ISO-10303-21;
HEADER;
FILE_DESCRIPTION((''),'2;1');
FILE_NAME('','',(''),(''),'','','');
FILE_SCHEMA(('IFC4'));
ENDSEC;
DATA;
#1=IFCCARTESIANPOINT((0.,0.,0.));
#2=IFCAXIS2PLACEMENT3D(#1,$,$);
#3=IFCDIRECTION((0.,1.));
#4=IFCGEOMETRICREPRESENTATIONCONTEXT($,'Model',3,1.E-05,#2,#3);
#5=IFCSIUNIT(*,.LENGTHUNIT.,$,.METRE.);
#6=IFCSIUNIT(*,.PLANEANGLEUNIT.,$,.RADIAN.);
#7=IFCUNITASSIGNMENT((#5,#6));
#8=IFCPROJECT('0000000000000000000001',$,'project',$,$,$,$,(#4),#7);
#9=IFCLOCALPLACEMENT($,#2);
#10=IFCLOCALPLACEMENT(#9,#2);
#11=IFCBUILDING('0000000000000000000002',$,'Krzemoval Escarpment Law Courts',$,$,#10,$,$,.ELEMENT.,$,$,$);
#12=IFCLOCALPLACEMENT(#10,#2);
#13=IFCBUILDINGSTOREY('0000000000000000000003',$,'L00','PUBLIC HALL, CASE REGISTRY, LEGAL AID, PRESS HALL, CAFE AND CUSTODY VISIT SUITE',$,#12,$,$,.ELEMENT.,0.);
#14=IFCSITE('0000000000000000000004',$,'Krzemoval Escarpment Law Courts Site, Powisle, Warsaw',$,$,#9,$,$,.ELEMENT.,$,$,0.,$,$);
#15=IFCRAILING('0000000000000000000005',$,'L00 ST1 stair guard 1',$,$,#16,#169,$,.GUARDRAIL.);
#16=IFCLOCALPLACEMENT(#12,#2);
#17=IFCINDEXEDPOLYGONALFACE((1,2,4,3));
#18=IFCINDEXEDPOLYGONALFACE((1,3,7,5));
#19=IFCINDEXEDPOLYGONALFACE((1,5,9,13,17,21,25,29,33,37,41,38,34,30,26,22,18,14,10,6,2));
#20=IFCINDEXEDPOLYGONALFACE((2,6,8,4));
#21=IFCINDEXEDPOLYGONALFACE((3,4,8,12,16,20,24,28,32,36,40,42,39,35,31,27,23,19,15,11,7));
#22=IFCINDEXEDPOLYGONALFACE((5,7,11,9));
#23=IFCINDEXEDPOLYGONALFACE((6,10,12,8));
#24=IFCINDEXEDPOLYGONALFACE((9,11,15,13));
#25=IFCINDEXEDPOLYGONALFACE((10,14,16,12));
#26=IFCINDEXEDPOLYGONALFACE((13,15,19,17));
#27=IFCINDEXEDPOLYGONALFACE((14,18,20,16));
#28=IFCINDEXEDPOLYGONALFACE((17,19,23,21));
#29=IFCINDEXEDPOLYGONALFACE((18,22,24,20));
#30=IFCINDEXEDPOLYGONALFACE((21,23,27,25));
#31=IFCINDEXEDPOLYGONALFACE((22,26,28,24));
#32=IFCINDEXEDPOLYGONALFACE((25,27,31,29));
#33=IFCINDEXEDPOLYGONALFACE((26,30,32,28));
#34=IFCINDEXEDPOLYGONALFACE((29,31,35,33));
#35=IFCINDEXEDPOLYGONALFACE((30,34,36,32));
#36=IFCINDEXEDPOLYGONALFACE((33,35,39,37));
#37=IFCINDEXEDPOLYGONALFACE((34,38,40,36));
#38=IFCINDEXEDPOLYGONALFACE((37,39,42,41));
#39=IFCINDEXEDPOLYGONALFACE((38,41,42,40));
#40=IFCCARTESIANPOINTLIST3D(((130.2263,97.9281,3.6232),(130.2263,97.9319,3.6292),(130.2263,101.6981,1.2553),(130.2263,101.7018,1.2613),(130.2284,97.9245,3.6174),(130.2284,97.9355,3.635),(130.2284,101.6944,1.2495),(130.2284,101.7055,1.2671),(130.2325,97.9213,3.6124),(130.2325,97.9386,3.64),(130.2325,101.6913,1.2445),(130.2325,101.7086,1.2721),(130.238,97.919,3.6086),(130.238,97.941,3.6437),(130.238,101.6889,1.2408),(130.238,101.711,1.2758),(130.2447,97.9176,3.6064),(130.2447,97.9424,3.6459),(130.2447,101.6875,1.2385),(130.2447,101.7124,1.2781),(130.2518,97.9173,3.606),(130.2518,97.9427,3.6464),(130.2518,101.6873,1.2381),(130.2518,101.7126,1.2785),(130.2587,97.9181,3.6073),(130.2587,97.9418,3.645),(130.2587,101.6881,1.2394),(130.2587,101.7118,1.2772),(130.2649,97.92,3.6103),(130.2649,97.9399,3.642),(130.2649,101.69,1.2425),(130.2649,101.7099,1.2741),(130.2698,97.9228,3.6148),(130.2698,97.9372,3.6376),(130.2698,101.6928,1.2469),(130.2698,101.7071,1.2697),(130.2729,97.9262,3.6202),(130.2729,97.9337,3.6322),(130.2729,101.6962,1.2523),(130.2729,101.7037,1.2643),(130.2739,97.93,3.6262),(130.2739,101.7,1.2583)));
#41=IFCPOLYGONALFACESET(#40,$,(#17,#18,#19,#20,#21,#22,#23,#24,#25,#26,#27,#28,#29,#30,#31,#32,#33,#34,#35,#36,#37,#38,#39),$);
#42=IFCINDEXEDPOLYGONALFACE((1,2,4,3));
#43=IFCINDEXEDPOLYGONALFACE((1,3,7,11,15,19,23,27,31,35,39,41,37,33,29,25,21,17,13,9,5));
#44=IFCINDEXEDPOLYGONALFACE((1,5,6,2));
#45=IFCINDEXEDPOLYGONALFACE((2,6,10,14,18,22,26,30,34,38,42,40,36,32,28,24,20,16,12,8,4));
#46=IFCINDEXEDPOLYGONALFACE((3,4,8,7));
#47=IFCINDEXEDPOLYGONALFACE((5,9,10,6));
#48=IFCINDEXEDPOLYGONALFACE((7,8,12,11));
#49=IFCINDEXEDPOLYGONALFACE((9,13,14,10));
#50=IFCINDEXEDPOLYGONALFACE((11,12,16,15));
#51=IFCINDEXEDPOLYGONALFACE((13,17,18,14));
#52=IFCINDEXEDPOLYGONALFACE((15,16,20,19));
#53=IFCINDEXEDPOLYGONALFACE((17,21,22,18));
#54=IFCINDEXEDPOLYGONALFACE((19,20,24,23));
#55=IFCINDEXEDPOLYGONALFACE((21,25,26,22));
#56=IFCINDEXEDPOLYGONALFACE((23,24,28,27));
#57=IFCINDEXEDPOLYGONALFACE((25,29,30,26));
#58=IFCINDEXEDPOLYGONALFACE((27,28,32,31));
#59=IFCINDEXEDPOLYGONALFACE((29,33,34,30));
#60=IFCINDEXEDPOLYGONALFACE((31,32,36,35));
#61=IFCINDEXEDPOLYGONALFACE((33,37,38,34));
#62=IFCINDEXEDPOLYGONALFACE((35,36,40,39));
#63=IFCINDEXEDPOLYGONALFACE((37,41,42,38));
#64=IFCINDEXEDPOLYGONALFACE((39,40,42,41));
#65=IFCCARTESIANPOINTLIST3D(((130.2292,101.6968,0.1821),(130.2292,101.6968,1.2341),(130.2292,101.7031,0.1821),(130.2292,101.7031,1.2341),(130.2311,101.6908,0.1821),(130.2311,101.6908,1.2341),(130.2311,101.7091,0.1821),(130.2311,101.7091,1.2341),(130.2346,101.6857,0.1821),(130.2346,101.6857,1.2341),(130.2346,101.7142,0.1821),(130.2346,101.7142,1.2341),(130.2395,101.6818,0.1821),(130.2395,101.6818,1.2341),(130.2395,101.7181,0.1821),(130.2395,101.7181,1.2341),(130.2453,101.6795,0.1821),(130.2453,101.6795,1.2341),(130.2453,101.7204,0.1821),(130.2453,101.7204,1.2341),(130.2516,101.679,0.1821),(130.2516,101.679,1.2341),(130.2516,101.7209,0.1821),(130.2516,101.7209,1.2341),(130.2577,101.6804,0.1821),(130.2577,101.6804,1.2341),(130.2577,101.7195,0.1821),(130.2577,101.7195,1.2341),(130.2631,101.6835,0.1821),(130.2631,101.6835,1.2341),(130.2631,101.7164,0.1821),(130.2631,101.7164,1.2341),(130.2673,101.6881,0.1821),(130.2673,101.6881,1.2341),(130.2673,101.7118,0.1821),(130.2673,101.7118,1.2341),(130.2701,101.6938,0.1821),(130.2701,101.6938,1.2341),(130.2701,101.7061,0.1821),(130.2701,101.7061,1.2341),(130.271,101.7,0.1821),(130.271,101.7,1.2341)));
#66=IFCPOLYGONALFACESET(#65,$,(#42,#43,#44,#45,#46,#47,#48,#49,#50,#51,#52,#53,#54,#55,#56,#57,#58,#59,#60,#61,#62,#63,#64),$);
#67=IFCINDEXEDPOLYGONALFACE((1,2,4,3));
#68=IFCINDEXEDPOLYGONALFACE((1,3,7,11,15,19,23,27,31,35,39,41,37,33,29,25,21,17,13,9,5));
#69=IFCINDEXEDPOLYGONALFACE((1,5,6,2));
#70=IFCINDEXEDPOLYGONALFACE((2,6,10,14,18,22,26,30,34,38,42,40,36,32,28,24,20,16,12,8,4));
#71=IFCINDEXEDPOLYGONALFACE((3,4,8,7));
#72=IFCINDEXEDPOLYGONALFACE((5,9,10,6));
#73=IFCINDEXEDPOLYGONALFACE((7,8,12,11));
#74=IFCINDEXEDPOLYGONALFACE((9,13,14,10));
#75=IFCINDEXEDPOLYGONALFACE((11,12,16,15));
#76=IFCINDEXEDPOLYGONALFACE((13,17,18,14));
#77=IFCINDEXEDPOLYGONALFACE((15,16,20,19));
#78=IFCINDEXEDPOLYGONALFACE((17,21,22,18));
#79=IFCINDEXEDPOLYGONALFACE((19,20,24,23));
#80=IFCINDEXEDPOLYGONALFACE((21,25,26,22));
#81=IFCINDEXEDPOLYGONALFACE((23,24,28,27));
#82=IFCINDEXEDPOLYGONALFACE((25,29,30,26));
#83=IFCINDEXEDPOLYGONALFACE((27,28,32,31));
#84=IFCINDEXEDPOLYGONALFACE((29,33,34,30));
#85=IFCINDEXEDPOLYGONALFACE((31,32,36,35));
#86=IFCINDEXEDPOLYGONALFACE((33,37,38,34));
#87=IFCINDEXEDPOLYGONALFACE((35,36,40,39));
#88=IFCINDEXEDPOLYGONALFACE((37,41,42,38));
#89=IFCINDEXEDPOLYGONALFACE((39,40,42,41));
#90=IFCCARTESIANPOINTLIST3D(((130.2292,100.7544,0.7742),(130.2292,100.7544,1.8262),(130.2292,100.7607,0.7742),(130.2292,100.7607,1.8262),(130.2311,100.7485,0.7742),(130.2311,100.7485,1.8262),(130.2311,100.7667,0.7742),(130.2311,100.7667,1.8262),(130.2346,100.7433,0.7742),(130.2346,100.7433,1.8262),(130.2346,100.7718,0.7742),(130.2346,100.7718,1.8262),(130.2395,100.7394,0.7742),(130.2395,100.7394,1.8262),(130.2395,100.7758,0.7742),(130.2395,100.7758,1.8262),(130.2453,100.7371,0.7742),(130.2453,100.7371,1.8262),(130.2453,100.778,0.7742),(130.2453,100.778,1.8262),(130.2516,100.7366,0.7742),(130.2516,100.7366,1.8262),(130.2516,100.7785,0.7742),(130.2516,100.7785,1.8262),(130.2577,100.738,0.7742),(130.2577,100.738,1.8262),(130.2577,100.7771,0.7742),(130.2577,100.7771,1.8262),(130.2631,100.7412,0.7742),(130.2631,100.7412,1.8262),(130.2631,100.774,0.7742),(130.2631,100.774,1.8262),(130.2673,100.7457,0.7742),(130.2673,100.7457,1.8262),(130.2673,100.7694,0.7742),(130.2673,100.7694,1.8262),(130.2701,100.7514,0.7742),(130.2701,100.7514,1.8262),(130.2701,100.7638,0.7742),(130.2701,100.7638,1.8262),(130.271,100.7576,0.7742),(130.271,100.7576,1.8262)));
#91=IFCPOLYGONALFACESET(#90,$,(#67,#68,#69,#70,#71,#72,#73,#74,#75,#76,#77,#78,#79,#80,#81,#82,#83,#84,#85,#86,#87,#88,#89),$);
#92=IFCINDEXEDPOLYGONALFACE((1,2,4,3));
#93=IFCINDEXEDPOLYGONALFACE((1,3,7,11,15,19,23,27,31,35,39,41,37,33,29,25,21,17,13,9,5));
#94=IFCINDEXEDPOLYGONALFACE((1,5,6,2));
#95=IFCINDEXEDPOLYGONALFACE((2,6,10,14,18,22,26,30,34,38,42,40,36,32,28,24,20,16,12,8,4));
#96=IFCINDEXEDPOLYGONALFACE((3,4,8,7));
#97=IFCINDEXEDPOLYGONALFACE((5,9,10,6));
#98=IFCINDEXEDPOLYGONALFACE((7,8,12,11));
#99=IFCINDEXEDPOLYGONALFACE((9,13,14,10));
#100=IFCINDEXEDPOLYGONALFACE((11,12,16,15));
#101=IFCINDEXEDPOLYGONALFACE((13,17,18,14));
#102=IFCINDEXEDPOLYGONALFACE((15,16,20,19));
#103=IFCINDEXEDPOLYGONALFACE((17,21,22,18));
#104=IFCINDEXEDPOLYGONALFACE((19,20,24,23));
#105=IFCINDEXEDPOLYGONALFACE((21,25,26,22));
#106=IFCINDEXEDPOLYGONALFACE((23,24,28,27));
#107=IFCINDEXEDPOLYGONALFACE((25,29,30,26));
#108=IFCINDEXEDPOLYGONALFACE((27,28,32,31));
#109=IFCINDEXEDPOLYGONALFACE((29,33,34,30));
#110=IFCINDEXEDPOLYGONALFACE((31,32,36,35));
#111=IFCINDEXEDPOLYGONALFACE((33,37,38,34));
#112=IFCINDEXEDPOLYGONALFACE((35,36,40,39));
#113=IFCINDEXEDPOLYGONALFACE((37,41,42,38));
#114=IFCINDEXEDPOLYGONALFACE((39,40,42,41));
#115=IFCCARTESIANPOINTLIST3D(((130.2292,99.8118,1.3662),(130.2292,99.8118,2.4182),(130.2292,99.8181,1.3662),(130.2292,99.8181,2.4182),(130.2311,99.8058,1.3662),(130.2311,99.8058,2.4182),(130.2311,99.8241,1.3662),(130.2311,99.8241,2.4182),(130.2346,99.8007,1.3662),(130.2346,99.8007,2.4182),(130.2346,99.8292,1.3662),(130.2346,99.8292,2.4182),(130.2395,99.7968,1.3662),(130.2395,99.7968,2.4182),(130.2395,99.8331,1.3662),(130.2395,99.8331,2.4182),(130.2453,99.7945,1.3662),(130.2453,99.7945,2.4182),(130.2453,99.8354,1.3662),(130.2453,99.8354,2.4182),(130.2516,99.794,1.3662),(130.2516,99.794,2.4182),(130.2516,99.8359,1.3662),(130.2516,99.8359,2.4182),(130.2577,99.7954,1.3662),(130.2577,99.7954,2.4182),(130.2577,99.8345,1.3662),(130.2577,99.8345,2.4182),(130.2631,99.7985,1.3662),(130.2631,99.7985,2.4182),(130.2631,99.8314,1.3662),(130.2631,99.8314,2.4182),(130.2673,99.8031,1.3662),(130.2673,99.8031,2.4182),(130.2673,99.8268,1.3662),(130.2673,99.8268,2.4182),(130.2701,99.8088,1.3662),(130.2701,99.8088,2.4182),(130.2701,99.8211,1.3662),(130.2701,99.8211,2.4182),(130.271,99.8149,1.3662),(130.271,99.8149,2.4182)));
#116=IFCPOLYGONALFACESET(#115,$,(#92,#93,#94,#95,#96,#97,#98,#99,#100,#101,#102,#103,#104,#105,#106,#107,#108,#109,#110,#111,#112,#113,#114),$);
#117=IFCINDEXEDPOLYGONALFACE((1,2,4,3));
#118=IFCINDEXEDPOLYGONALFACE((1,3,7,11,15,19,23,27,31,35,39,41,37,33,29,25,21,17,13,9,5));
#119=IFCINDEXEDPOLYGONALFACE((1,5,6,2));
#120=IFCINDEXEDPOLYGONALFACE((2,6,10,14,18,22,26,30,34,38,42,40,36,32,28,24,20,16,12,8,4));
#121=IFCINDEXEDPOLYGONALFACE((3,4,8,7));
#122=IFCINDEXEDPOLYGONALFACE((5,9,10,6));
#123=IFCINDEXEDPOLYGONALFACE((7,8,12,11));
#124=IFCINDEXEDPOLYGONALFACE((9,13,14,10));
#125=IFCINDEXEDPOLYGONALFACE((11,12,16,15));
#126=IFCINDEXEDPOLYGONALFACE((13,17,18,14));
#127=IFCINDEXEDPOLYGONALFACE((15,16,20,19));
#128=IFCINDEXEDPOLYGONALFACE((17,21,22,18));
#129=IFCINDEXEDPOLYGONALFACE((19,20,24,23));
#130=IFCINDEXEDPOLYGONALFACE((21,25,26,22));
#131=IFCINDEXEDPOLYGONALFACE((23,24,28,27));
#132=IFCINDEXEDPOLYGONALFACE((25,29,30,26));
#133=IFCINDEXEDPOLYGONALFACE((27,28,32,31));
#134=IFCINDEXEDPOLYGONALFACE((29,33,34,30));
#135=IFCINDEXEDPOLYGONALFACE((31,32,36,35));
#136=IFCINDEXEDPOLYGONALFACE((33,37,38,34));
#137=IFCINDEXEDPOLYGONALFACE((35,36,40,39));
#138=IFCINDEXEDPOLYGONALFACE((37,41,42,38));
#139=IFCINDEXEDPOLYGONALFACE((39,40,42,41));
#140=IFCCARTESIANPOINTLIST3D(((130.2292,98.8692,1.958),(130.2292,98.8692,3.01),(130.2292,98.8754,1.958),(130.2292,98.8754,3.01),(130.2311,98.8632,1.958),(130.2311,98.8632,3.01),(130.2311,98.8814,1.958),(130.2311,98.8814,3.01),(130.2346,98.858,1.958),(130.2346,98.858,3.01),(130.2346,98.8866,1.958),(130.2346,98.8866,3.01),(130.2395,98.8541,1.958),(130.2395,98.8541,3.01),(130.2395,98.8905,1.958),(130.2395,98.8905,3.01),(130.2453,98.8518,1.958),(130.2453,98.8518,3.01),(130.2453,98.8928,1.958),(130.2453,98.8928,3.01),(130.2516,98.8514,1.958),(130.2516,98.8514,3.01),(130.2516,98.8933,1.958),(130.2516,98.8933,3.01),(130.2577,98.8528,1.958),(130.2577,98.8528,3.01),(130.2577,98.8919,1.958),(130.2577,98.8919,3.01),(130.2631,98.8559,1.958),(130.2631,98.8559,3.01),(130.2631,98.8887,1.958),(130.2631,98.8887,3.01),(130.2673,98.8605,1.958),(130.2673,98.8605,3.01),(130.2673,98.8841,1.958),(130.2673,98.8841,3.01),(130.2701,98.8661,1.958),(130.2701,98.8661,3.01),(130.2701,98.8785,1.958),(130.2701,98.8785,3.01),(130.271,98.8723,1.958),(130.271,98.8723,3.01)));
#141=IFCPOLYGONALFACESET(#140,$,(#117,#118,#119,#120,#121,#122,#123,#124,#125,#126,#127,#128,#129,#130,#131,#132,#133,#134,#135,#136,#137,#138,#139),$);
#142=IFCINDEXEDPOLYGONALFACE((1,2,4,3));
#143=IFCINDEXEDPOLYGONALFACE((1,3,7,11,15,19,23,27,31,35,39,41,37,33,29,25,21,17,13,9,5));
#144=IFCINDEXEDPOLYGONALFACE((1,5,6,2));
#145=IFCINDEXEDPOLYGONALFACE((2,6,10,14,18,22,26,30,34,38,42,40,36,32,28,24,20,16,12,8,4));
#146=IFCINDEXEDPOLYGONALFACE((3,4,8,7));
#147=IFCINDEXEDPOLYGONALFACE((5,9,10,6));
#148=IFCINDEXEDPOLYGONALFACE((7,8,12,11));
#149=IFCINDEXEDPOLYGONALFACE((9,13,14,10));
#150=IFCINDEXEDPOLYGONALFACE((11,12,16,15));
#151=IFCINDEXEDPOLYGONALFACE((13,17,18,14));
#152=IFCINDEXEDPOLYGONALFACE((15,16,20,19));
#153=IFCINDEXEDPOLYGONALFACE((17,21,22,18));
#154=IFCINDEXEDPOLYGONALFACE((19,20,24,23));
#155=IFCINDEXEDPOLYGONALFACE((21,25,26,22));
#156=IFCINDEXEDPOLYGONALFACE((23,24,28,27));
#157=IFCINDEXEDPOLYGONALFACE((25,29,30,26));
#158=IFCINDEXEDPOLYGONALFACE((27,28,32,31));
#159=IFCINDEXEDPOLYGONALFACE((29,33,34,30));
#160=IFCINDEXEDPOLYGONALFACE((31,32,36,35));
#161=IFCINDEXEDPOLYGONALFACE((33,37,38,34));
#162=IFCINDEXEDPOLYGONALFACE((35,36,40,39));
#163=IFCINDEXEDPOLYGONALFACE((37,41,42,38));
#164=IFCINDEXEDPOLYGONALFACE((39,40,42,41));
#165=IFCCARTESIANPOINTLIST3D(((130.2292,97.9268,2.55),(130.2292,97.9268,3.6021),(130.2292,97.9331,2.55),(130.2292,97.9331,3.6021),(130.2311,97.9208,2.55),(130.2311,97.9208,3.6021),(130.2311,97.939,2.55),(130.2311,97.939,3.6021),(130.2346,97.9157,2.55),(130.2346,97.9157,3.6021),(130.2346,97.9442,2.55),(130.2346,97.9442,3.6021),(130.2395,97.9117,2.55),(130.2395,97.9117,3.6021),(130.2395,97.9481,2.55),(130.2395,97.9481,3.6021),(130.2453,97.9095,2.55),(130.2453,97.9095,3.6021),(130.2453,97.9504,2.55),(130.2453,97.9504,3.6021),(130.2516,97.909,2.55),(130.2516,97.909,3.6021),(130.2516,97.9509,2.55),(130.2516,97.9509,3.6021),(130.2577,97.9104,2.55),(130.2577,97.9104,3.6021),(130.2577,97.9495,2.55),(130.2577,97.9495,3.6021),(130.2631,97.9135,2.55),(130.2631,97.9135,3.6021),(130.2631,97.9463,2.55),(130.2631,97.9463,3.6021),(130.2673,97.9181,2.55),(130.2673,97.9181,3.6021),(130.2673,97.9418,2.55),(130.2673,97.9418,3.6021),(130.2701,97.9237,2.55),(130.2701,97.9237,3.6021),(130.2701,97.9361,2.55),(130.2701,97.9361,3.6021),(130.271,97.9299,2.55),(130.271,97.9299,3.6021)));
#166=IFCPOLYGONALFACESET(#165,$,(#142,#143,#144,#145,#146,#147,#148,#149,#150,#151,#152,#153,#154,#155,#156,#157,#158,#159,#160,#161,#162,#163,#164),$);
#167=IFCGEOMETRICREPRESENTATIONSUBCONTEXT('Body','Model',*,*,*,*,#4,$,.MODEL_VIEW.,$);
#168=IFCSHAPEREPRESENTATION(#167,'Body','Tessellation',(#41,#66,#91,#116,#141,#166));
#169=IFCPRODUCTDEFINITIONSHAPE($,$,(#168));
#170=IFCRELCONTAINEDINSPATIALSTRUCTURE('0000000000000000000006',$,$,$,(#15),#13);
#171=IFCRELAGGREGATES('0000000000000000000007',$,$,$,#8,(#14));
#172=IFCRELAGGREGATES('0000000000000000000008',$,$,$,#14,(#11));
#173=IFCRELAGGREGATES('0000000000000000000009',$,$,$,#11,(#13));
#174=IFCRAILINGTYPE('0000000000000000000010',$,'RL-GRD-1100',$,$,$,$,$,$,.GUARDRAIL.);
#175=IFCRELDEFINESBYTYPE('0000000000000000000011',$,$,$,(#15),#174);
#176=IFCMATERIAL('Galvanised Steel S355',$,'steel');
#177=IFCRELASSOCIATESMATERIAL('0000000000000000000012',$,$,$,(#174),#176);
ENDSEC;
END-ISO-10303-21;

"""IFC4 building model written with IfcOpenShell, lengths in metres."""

from ifc_helpers import new_model, si_unit, direction, frame, origin, origin_2d, place, context, subcontext, project, spatial, circle, extrude, material, type_object, element, save


model = new_model("IFC4")

# Units and contexts
model_context = context("Model", 3, precision=1e-05, world=origin(), true_north=direction((0.0, 1.0)))
body_context = subcontext(model_context, "Body", "Model", "MODEL_VIEW")
ifc_project = project(units=[si_unit("LENGTHUNIT", "METRE"), si_unit("PLANEANGLEUNIT", "RADIAN")], contexts=[model_context])

# Site, building, storey
site_placement = place(None, origin())
site = spatial("IfcSite", under=ifc_project, at=site_placement, Name="Krzemoval Escarpment Law Courts Site, Powisle, Warsaw", CompositionType="ELEMENT", RefElevation=0.0)
building_placement = place(site_placement, origin())
building = spatial("IfcBuilding", under=site, at=building_placement, Name="Krzemoval Escarpment Law Courts", CompositionType="ELEMENT")
storey_placement = place(building_placement, origin())
storey = spatial("IfcBuildingStorey", under=building, at=storey_placement, Name="L00", Description="PUBLIC HALL, CASE REGISTRY, LEGAL AID, PRESS HALL, CAFE AND CUSTODY VISIT SUITE", CompositionType="ELEMENT", Elevation=0.0)

# Railing
ifc_material_1 = material(Name="Galvanised Steel S355", Category="steel")
railing_type_1 = type_object("IfcRailingType", Name="RL-GRD-1100", PredefinedType="GUARDRAIL", material=ifc_material_1)
railing_1_placement = place(storey_placement, frame((130.25, 101.7, 0.1821)))
element("IfcRailing", 1, at=railing_1_placement, inside=storey, type_object=railing_type_1, Name="L00 ST1 stair guard 1", PredefinedType="GUARDRAIL", context=body_context, shape_type="SweptSolid", body=[
    extrude(circle(Radius=0.0239, at=origin_2d()), frame((0.0, 0.0, 1.0762), z_axis=(0.0, -0.846819, 0.531881), x_axis=(1.0, 0.0, 0.0)), (0.0, 0.0, 1.0), 4.4519),
    extrude(circle(Radius=0.021, at=origin_2d()), origin(), (0.0, 0.0, 1.0), 1.052),
    extrude(circle(Radius=0.021, at=origin_2d()), frame((0.0, -0.9424, 0.592)), (0.0, 0.0, 1.0), 1.052),
    extrude(circle(Radius=0.021, at=origin_2d()), frame((0.0, -1.885, 1.1841)), (0.0, 0.0, 1.0), 1.052),
    extrude(circle(Radius=0.021, at=origin_2d()), frame((0.0, -2.8276, 1.7759)), (0.0, 0.0, 1.0), 1.052),
    extrude(circle(Radius=0.021, at=origin_2d()), frame((0.0, -3.77, 2.3679)), (0.0, 0.0, 1.0), 1.052),
])

save(model, "model.ifc")
